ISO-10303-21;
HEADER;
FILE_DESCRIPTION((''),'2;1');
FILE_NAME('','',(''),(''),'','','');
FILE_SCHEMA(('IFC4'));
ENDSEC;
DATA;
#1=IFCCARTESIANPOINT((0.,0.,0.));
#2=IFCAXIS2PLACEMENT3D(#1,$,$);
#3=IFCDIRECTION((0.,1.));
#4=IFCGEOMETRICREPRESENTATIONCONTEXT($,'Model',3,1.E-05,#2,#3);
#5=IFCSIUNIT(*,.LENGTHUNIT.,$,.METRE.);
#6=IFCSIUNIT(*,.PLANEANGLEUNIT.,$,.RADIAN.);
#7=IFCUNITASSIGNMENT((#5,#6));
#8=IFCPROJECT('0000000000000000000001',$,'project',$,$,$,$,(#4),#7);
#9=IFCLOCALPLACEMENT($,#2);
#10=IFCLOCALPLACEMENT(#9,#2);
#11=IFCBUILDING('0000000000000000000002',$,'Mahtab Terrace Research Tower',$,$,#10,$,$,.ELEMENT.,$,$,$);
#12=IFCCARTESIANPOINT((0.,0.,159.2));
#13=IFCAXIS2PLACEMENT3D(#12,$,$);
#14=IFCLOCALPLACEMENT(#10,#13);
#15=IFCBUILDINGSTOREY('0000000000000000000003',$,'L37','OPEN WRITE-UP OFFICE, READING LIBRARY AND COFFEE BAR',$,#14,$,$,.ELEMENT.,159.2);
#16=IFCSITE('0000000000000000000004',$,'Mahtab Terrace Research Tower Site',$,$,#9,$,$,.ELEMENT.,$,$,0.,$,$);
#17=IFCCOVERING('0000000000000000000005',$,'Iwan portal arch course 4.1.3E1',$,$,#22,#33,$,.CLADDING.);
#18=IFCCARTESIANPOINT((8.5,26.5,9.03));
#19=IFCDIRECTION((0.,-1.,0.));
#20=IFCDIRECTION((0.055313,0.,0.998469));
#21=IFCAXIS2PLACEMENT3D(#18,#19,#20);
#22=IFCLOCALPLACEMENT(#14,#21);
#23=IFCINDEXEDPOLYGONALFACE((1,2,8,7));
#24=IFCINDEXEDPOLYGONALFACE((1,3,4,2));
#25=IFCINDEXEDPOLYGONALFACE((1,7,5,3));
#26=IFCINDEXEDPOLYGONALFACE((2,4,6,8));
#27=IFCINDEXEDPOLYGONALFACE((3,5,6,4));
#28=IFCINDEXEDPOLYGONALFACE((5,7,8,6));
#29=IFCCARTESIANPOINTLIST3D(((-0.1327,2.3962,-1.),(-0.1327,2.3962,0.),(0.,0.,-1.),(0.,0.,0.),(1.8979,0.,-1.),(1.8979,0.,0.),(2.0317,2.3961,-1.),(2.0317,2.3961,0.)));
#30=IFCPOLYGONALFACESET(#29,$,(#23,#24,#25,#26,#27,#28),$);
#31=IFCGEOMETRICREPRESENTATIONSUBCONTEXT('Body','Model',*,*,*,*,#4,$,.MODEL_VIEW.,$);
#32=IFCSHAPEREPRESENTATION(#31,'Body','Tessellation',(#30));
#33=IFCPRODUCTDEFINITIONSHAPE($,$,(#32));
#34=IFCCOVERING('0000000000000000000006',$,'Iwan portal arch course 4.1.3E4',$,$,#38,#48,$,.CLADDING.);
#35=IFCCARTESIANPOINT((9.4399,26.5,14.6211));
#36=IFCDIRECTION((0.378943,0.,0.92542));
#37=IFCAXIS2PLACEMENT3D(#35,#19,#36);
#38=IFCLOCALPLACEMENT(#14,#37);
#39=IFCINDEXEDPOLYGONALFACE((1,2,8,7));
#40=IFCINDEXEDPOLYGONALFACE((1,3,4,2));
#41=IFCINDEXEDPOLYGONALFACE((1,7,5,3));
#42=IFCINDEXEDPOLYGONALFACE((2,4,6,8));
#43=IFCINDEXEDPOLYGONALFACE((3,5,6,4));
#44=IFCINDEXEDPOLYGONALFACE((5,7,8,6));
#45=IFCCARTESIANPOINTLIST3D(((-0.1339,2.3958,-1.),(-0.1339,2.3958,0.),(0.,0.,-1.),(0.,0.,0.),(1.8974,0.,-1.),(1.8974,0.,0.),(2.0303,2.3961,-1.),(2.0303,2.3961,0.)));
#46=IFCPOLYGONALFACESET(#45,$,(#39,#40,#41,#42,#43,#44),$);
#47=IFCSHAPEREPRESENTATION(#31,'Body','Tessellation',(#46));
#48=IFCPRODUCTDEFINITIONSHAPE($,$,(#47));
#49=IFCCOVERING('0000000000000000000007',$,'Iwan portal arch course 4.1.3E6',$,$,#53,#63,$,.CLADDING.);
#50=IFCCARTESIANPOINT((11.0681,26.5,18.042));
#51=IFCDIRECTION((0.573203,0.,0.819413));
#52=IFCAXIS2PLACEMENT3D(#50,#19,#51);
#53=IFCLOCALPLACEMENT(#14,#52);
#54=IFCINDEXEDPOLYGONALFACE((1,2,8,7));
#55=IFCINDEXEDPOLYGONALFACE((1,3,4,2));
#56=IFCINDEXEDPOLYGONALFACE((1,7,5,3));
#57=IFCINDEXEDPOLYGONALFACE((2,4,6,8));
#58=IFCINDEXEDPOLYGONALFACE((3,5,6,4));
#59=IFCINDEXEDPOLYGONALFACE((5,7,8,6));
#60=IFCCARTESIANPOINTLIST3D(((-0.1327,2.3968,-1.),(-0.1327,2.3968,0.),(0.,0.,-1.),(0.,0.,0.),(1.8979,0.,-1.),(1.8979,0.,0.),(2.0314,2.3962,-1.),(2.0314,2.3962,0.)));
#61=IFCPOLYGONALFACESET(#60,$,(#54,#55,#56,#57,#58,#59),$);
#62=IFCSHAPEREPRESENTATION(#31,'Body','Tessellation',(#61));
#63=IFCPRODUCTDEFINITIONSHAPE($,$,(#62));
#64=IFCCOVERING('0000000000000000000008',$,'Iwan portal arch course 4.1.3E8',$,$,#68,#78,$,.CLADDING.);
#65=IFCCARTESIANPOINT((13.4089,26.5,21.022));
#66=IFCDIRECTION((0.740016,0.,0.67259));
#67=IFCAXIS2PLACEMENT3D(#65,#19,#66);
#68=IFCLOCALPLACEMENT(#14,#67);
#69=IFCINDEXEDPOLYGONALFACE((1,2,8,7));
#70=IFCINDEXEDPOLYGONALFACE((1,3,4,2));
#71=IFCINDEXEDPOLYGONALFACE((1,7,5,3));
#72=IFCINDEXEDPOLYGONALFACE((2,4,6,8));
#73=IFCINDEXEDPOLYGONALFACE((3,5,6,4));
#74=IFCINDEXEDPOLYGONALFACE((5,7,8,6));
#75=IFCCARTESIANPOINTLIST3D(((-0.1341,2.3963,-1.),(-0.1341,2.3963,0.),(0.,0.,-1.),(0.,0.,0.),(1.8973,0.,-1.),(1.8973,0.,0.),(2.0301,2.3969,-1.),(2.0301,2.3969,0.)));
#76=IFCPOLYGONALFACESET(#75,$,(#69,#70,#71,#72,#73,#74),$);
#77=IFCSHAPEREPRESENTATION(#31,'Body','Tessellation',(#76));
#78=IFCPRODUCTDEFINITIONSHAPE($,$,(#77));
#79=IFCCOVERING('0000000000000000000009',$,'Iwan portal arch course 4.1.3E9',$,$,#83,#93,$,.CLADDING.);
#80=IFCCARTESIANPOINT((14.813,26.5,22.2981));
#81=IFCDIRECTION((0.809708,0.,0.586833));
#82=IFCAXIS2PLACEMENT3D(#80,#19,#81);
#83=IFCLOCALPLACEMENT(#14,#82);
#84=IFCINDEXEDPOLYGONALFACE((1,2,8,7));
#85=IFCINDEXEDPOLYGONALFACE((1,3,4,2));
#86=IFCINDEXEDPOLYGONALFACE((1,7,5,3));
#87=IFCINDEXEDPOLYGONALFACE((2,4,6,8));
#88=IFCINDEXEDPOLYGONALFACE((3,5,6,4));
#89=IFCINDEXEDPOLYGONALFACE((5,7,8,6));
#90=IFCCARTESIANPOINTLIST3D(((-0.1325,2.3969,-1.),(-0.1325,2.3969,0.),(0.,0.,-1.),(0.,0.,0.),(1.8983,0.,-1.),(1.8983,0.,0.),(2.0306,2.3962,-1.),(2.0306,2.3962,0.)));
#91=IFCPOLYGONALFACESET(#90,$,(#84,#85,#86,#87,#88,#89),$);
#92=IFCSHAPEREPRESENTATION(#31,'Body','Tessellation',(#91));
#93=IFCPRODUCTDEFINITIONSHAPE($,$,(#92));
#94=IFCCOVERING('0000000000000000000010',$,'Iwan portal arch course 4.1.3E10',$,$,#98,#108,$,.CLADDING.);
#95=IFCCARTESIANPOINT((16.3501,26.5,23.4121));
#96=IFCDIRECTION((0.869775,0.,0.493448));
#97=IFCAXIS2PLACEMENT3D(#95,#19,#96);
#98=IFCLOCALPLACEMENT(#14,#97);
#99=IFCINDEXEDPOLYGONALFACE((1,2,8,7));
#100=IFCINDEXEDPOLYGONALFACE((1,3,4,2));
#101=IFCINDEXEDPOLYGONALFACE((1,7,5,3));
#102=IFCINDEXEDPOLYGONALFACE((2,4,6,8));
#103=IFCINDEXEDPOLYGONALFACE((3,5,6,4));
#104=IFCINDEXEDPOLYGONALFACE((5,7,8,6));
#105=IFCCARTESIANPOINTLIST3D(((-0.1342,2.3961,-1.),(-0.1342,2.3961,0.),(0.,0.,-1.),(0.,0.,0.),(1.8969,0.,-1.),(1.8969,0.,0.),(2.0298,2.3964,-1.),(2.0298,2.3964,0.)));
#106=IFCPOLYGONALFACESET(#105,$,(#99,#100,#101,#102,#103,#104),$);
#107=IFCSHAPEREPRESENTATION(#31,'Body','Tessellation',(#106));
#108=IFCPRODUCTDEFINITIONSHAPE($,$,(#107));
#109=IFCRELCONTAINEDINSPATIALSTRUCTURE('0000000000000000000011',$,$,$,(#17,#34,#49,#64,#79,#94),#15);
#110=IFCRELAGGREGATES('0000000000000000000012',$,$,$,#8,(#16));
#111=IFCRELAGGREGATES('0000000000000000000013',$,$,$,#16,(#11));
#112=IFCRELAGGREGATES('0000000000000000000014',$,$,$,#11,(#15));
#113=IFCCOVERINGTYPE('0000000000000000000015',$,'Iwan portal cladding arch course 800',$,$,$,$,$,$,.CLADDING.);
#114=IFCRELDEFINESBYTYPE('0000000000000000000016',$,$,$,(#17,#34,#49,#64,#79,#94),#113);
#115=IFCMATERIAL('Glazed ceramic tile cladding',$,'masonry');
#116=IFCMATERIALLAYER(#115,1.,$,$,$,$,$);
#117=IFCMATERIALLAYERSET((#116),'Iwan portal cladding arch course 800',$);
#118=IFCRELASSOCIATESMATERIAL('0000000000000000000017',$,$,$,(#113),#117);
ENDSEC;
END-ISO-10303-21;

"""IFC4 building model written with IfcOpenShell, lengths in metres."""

from ifc_helpers import new_model, si_unit, direction, frame, origin, place, context, subcontext, project, spatial, polyline, outline, extrude, material, layer, layer_set, type_object, element, save


model = new_model("IFC4")

# Units and contexts
model_context = context("Model", 3, precision=1e-05, world=origin(), true_north=direction((0.0, 1.0)))
body_context = subcontext(model_context, "Body", "Model", "MODEL_VIEW")
ifc_project = project(units=[si_unit("LENGTHUNIT", "METRE"), si_unit("PLANEANGLEUNIT", "RADIAN")], contexts=[model_context])

# Site, building, storey
site_placement = place(None, origin())
site = spatial("IfcSite", under=ifc_project, at=site_placement, Name="Mahtab Terrace Research Tower Site", CompositionType="ELEMENT", RefElevation=0.0)
building_placement = place(site_placement, origin())
building = spatial("IfcBuilding", under=site, at=building_placement, Name="Mahtab Terrace Research Tower", CompositionType="ELEMENT")
storey_placement = place(building_placement, frame((0.0, 0.0, 159.2)))
storey = spatial("IfcBuildingStorey", under=building, at=storey_placement, Name="L37", Description="OPEN WRITE-UP OFFICE, READING LIBRARY AND COFFEE BAR", CompositionType="ELEMENT", Elevation=159.2)

# Coverings
ifc_material_1 = material(Name="Glazed ceramic tile cladding", Category="masonry")
ifc_layer = layer(ifc_material_1, 1.0)
ifc_layer_set = layer_set([ifc_layer], Name="Iwan portal cladding arch course 800")
covering_type = type_object("IfcCoveringType", Name="Iwan portal cladding arch course 800", PredefinedType="CLADDING", material=ifc_layer_set)
covering_1_placement = place(storey_placement, frame((8.5, 26.5, 9.03), z_axis=(0.0, -1.0, 0.0), x_axis=(0.055313, 0.0, 0.998469)))
element("IfcCovering", 1, at=covering_1_placement, inside=storey, type_object=covering_type, Name="Iwan portal arch course 4.1.3E1", PredefinedType="CLADDING", context=body_context, shape_type="SweptSolid", body=[
    extrude(outline(polyline([(0.0, 0.0), (1.8979, 0.0), (2.0317, 2.3961), (-0.1327, 2.3962), (0.0, 0.0)])), origin(), (0.0, 0.0, -1.0), 1.0),
])
covering_2_placement = place(storey_placement, frame((9.4399, 26.5, 14.6211), z_axis=(0.0, -1.0, 0.0), x_axis=(0.378943, 0.0, 0.92542)))
element("IfcCovering", 2, at=covering_2_placement, inside=storey, type_object=covering_type, Name="Iwan portal arch course 4.1.3E4", PredefinedType="CLADDING", context=body_context, shape_type="SweptSolid", body=[
    extrude(outline(polyline([(0.0, 0.0), (1.8974, 0.0), (2.0303, 2.3961), (-0.1339, 2.3958), (0.0, 0.0)])), origin(), (0.0, 0.0, -1.0), 1.0),
])
covering_3_placement = place(storey_placement, frame((11.0681, 26.5, 18.042), z_axis=(0.0, -1.0, 0.0), x_axis=(0.573203, 0.0, 0.819413)))
element("IfcCovering", 3, at=covering_3_placement, inside=storey, type_object=covering_type, Name="Iwan portal arch course 4.1.3E6", PredefinedType="CLADDING", context=body_context, shape_type="SweptSolid", body=[
    extrude(outline(polyline([(0.0, 0.0), (1.8979, 0.0), (2.0314, 2.3962), (-0.1327, 2.3968), (0.0, 0.0)])), origin(), (0.0, 0.0, -1.0), 1.0),
])
covering_4_placement = place(storey_placement, frame((13.4089, 26.5, 21.022), z_axis=(0.0, -1.0, 0.0), x_axis=(0.740016, 0.0, 0.67259)))
element("IfcCovering", 4, at=covering_4_placement, inside=storey, type_object=covering_type, Name="Iwan portal arch course 4.1.3E8", PredefinedType="CLADDING", context=body_context, shape_type="SweptSolid", body=[
    extrude(outline(polyline([(0.0, 0.0), (1.8973, 0.0), (2.0301, 2.3969), (-0.1341, 2.3963), (0.0, 0.0)])), origin(), (0.0, 0.0, -1.0), 1.0),
])
covering_5_placement = place(storey_placement, frame((14.813, 26.5, 22.2981), z_axis=(0.0, -1.0, 0.0), x_axis=(0.809708, 0.0, 0.586833)))
element("IfcCovering", 5, at=covering_5_placement, inside=storey, type_object=covering_type, Name="Iwan portal arch course 4.1.3E9", PredefinedType="CLADDING", context=body_context, shape_type="SweptSolid", body=[
    extrude(outline(polyline([(0.0, 0.0), (1.8983, 0.0), (2.0306, 2.3962), (-0.1325, 2.3969), (0.0, 0.0)])), origin(), (0.0, 0.0, -1.0), 1.0),
])
covering_6_placement = place(storey_placement, frame((16.3501, 26.5, 23.4121), z_axis=(0.0, -1.0, 0.0), x_axis=(0.869775, 0.0, 0.493448)))
element("IfcCovering", 6, at=covering_6_placement, inside=storey, type_object=covering_type, Name="Iwan portal arch course 4.1.3E10", PredefinedType="CLADDING", context=body_context, shape_type="SweptSolid", body=[
    extrude(outline(polyline([(0.0, 0.0), (1.8969, 0.0), (2.0298, 2.3964), (-0.1342, 2.3961), (0.0, 0.0)])), origin(), (0.0, 0.0, -1.0), 1.0),
])

save(model, "model.ifc")
